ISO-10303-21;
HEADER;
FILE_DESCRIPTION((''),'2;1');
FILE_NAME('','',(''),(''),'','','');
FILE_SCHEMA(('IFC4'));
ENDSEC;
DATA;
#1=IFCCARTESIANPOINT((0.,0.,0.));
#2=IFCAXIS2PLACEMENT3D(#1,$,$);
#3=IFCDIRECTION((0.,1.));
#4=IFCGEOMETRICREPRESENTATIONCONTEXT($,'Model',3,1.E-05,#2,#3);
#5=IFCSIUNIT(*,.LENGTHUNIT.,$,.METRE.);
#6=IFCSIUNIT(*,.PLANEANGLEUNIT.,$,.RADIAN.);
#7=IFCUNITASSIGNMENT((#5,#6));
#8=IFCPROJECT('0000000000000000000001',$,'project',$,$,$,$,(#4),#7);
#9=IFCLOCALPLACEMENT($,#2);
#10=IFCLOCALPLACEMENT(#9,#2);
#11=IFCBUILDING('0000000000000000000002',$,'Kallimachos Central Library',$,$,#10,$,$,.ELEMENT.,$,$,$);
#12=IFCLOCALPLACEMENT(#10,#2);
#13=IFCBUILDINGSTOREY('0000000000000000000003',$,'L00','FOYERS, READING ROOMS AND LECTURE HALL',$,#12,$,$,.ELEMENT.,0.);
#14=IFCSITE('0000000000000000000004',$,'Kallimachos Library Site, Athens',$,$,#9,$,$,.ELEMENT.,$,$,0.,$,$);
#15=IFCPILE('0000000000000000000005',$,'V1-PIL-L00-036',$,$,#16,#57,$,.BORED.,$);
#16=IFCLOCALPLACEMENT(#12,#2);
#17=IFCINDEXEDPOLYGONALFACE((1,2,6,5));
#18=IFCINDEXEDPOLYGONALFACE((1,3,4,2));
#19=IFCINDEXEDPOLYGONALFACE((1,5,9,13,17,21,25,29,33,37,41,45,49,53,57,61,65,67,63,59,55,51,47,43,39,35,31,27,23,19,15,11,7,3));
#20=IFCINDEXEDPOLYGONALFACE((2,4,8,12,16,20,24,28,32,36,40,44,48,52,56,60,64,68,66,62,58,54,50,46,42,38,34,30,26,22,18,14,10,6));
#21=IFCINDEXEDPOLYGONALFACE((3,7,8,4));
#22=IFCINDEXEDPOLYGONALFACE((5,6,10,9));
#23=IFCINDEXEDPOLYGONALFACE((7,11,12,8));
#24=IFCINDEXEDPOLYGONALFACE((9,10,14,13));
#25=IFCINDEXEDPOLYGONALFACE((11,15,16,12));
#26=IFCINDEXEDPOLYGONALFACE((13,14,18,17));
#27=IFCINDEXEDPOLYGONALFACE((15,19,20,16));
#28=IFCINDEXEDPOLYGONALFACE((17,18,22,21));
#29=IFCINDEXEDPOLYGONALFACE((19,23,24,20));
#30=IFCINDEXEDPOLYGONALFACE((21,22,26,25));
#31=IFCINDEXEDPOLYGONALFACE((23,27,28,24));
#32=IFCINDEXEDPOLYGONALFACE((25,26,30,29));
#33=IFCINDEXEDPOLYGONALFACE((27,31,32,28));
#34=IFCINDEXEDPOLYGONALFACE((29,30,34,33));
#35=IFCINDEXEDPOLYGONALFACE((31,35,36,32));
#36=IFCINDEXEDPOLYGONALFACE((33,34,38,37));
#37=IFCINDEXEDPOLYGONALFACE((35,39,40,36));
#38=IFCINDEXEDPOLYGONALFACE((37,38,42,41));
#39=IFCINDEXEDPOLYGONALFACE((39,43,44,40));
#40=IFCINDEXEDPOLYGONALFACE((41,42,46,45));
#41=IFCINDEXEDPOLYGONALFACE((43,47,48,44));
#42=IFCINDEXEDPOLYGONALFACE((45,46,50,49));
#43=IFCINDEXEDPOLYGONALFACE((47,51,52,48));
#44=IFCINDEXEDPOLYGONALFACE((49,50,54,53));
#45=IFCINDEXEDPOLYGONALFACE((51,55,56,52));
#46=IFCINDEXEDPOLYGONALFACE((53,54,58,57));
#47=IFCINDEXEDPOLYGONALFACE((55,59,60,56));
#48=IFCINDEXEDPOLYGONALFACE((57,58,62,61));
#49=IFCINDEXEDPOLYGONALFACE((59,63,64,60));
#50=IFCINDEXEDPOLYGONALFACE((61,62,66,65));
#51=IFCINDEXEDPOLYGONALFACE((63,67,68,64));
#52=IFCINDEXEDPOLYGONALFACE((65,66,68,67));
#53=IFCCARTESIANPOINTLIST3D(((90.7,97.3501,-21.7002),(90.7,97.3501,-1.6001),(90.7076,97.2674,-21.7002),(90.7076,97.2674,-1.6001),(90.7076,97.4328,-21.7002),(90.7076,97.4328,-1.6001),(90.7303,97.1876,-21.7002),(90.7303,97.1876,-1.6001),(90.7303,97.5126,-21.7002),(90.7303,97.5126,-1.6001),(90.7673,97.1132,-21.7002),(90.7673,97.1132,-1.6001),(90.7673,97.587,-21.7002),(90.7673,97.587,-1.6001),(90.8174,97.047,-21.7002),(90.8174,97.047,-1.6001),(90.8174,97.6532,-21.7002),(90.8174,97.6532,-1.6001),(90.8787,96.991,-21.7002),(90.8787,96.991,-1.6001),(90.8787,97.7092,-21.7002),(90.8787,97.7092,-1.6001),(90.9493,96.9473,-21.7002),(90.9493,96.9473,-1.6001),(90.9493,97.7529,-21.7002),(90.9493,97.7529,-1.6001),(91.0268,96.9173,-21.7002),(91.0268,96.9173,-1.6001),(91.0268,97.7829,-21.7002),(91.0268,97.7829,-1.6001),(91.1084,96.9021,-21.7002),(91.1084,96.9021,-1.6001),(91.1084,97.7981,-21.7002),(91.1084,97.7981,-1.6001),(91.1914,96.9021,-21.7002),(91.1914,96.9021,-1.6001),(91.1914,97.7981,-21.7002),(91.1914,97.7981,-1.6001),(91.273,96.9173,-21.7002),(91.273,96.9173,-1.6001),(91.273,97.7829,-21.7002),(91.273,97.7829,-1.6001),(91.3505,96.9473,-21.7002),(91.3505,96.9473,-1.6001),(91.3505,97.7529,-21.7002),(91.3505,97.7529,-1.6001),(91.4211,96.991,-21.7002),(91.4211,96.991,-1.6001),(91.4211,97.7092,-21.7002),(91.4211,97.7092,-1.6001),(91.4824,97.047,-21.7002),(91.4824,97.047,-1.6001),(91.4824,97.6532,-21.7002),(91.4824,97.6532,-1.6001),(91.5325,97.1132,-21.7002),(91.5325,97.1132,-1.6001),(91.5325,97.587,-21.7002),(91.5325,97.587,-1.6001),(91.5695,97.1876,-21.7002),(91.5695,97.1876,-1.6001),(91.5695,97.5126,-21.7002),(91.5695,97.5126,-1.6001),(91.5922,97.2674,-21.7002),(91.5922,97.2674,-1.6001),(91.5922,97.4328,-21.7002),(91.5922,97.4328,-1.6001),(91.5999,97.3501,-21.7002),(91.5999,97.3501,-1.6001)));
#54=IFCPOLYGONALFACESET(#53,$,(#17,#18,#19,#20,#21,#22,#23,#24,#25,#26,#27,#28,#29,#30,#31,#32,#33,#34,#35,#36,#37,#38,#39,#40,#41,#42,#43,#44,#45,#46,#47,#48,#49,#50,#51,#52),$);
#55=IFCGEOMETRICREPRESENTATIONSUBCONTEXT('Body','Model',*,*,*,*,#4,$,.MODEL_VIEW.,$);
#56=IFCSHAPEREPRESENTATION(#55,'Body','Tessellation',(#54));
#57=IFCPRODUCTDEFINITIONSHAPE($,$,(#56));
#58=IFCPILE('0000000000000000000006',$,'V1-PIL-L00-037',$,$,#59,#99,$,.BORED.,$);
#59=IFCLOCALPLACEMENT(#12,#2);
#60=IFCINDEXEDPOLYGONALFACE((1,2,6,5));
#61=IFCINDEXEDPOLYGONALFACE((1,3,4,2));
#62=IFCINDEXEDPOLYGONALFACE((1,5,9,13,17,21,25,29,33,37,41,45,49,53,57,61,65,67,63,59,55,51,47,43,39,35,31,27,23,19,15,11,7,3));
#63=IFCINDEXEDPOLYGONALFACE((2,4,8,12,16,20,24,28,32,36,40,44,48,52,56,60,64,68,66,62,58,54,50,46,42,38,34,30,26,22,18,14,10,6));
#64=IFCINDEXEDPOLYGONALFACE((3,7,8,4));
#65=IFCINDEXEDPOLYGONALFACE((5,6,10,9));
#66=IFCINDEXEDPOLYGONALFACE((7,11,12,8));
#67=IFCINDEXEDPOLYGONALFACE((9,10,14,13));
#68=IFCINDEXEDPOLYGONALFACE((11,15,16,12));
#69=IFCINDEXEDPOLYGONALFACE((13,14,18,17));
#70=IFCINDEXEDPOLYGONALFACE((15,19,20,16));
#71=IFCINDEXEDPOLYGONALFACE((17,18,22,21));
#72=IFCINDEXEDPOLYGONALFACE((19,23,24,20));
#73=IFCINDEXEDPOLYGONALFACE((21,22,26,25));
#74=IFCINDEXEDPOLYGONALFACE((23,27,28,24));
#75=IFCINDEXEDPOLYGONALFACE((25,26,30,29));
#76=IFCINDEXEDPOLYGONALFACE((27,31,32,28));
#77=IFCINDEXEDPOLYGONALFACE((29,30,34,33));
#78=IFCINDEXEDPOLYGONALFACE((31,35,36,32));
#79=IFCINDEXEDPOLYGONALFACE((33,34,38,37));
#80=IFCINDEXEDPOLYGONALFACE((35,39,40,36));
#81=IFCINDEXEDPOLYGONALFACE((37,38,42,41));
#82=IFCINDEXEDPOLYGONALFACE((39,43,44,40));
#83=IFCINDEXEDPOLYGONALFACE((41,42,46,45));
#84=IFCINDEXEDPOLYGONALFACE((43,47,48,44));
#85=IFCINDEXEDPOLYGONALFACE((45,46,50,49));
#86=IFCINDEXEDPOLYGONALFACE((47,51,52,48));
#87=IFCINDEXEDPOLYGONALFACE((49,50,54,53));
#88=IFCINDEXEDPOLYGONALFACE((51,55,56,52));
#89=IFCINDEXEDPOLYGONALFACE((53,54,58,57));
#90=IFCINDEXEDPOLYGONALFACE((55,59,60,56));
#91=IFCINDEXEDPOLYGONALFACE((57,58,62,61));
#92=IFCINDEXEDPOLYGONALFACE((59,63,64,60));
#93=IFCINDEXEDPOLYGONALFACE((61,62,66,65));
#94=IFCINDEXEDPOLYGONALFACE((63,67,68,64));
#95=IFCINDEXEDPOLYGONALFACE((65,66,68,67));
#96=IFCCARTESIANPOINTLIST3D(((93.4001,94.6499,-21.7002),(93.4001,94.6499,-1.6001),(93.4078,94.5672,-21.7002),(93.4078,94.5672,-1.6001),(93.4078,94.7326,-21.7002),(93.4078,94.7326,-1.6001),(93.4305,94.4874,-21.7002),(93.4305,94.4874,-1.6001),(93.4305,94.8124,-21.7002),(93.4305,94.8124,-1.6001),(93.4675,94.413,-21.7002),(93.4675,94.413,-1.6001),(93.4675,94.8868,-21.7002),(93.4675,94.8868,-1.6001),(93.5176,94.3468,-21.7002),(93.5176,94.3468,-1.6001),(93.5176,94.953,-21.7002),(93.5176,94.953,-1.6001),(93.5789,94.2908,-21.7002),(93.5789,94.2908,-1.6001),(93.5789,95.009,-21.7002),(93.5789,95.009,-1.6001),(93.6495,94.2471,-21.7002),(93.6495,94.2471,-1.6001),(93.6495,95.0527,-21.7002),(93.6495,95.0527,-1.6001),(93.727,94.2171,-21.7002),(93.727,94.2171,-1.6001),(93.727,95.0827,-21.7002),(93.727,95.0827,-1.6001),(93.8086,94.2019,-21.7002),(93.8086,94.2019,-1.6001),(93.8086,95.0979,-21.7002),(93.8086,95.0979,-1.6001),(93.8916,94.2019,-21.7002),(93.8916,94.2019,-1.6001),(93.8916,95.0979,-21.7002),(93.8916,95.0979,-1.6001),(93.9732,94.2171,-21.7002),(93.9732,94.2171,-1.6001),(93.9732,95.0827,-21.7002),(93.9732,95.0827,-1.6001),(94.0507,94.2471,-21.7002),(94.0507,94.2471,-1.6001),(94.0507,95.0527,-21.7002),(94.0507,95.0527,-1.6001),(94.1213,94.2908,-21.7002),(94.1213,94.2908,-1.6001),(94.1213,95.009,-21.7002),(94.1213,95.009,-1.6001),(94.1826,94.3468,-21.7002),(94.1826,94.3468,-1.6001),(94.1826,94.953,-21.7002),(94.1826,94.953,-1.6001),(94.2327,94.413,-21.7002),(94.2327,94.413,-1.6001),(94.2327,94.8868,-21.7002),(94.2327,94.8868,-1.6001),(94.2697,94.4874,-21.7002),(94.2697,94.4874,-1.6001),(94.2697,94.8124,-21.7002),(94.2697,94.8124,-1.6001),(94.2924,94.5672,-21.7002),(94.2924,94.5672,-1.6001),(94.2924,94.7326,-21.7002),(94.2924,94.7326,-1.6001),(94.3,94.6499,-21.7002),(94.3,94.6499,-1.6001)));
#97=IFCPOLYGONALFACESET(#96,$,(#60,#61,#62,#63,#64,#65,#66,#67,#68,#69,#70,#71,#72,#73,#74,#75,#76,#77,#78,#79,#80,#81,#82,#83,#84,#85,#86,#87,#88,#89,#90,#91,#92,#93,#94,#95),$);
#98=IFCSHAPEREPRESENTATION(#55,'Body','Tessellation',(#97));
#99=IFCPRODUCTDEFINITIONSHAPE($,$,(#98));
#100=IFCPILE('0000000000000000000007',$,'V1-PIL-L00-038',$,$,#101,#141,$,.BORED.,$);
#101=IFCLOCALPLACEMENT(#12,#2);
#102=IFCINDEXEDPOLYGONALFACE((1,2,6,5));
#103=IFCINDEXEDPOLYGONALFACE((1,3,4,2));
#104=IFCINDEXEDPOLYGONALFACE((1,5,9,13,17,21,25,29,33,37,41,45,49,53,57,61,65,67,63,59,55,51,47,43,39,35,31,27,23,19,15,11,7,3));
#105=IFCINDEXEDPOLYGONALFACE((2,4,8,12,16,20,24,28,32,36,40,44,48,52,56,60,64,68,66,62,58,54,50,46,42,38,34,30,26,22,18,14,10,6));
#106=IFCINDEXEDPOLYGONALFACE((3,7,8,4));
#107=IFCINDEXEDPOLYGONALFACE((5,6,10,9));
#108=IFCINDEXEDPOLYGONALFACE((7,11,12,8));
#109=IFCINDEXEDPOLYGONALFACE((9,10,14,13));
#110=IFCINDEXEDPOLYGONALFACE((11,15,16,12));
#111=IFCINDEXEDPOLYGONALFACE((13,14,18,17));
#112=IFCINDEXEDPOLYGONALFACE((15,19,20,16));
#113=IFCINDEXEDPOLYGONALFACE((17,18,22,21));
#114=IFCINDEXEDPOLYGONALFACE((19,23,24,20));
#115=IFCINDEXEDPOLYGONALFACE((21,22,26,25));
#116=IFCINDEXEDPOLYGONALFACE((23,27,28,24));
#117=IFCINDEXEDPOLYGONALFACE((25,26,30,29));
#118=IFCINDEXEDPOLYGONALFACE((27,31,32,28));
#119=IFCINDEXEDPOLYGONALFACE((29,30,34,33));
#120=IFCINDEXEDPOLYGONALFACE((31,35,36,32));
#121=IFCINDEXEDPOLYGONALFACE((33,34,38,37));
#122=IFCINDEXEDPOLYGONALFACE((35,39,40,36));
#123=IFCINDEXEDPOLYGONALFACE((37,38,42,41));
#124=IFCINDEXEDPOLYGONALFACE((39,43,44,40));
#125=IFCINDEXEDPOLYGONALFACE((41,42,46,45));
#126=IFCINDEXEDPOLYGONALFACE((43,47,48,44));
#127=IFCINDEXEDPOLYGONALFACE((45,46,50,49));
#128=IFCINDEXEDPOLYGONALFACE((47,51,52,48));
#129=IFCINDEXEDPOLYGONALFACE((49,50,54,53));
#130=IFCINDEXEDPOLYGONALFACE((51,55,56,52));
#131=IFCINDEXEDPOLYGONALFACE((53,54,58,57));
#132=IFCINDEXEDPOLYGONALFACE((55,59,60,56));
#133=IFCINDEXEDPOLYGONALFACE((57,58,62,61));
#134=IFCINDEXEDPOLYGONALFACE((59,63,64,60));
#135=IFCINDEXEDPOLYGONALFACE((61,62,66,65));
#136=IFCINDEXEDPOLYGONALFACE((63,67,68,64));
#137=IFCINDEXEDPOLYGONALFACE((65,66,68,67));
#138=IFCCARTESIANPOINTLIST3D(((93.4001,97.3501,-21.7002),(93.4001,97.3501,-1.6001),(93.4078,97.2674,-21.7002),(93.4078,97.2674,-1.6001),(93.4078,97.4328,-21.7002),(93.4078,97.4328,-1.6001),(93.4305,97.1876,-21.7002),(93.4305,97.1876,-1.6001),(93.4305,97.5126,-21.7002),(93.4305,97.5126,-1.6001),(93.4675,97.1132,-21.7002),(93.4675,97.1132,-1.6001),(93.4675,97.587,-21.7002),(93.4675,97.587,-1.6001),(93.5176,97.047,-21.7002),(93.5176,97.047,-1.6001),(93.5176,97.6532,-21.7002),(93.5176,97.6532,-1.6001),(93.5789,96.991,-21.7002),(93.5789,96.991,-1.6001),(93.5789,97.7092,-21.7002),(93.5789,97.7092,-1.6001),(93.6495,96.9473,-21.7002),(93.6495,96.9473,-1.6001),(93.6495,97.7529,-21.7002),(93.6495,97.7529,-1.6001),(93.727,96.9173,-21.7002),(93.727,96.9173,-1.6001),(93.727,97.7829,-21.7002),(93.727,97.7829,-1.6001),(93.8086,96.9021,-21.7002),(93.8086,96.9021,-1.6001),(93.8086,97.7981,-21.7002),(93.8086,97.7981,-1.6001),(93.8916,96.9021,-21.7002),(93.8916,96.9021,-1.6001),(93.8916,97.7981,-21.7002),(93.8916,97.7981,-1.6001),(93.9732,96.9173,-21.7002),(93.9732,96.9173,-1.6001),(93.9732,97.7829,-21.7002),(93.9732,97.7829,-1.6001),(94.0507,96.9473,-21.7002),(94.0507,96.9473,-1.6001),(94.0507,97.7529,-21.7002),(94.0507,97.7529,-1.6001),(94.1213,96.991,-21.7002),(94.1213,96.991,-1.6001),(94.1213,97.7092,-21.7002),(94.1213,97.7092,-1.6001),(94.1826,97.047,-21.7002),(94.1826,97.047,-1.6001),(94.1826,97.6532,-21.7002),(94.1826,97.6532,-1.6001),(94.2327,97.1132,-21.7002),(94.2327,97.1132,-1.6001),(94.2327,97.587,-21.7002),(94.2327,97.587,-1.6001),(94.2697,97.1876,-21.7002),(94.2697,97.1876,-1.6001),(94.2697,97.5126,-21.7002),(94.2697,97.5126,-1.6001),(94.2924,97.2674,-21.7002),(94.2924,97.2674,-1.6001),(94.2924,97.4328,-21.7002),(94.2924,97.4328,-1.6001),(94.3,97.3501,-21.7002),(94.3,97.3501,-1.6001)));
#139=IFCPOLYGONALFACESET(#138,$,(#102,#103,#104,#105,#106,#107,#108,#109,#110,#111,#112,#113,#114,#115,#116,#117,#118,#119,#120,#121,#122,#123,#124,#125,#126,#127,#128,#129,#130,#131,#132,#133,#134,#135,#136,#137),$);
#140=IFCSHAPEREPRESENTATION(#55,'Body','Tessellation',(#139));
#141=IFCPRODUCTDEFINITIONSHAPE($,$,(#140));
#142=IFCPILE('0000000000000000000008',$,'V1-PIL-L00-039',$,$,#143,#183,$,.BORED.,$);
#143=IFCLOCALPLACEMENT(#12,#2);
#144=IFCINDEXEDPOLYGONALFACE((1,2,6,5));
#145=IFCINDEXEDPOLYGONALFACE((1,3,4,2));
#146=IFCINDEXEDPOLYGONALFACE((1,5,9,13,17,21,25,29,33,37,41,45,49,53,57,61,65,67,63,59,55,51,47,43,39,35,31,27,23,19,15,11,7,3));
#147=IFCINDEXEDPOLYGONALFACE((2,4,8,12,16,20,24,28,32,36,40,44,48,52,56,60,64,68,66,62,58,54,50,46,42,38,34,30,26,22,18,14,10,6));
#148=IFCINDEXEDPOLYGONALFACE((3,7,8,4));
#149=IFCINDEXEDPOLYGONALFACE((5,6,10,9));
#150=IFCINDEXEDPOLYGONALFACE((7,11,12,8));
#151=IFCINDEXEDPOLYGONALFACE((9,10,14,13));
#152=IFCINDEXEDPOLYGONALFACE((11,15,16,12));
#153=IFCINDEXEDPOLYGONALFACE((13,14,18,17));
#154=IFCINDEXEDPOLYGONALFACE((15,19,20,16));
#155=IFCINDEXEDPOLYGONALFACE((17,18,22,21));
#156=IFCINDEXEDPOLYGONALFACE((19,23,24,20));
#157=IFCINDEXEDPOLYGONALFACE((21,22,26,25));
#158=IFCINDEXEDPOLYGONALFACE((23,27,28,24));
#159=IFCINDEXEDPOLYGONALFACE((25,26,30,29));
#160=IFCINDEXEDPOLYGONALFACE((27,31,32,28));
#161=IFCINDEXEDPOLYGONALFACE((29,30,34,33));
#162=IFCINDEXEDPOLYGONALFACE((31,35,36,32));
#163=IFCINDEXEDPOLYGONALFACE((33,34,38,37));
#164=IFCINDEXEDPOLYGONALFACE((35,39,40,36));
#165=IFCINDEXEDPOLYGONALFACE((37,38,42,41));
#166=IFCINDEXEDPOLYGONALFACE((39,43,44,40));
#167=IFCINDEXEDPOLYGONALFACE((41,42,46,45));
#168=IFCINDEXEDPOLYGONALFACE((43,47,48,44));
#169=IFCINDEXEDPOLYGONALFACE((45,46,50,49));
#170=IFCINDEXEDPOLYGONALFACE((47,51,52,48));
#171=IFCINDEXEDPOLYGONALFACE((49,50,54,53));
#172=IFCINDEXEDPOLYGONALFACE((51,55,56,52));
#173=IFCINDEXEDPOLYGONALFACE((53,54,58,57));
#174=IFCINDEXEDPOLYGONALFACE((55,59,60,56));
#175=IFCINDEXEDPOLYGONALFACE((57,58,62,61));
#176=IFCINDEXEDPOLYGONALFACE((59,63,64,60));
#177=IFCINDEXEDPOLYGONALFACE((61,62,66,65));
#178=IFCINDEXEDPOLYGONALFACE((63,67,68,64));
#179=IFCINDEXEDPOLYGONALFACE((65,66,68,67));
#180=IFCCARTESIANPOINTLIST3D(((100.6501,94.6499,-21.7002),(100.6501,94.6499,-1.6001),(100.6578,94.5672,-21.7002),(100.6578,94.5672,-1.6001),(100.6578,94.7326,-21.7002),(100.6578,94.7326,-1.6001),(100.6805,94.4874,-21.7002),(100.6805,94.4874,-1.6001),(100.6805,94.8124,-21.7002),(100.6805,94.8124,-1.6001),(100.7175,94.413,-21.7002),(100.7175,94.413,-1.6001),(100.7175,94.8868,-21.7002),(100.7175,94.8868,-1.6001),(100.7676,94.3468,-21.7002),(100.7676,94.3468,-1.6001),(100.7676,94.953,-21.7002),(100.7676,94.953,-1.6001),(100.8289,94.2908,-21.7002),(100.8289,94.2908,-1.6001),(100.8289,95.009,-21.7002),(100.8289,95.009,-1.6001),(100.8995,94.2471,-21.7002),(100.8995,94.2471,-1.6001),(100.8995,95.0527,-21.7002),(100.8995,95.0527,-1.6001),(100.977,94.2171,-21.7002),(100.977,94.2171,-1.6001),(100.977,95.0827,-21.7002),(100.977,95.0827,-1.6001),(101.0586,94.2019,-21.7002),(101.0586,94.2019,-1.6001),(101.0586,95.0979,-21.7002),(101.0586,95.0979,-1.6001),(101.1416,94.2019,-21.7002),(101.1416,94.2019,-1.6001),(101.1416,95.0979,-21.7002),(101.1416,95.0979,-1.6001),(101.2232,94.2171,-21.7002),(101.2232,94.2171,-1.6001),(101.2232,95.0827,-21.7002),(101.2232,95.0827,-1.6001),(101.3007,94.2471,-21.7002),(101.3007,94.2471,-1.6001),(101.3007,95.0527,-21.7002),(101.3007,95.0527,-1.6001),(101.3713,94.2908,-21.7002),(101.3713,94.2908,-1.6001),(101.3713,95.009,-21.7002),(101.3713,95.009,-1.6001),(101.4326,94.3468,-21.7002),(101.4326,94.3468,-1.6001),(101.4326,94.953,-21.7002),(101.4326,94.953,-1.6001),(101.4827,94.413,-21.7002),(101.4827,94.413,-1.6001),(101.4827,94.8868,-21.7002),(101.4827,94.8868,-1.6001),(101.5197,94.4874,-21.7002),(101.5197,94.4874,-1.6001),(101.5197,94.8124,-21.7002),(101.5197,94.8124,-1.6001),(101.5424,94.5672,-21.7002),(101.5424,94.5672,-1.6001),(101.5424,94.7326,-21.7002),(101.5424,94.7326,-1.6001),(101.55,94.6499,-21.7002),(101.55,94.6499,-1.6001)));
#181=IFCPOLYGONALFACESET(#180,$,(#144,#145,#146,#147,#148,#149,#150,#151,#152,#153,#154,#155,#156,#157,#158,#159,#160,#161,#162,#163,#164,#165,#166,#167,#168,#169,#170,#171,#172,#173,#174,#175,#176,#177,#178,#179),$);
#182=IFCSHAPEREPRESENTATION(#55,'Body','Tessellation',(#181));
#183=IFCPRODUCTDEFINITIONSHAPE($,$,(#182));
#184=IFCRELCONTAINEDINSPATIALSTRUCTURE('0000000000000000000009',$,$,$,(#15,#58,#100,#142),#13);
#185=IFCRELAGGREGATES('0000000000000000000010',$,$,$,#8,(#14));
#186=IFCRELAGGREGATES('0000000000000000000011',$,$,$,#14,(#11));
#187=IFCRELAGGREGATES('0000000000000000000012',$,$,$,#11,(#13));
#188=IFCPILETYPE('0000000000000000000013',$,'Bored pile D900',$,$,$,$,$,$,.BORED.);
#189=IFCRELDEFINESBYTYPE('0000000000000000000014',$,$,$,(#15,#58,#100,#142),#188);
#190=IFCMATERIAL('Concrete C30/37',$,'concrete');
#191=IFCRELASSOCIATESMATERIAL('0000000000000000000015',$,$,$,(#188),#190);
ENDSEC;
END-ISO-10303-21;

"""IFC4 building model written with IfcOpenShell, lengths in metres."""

from ifc_helpers import new_model, si_unit, direction, frame, origin, origin_2d, place, context, subcontext, project, spatial, circle, extrude, material, type_object, element, save


model = new_model("IFC4")

# Units and contexts
model_context = context("Model", 3, precision=1e-05, world=origin(), true_north=direction((0.0, 1.0)))
body_context = subcontext(model_context, "Body", "Model", "MODEL_VIEW")
ifc_project = project(units=[si_unit("LENGTHUNIT", "METRE"), si_unit("PLANEANGLEUNIT", "RADIAN")], contexts=[model_context])

# Site, building, storey
site_placement = place(None, origin())
site = spatial("IfcSite", under=ifc_project, at=site_placement, Name="Kallimachos Library Site, Athens", CompositionType="ELEMENT", RefElevation=0.0)
building_placement = place(site_placement, origin())
building = spatial("IfcBuilding", under=site, at=building_placement, Name="Kallimachos Central Library", CompositionType="ELEMENT")
storey_placement = place(building_placement, origin())
storey = spatial("IfcBuildingStorey", under=building, at=storey_placement, Name="L00", Description="FOYERS, READING ROOMS AND LECTURE HALL", CompositionType="ELEMENT", Elevation=0.0)

# Piles
ifc_material_1 = material(Name="Concrete C30/37", Category="concrete")
pile_type = type_object("IfcPileType", Name="Bored pile D900", PredefinedType="BORED", material=ifc_material_1)
for number, where, z_axis, x_axis, name in (
    (1, (91.1499, 97.3501, -1.6001), (0.0, 0.0, -1.0), (1.0, 0.0, 0.0), "V1-PIL-L00-036"),
    (2, (93.8501, 94.6499, -1.6001), (0.0, 0.0, -1.0), (1.0, 0.0, 0.0), "V1-PIL-L00-037"),
    (3, (93.8501, 97.3501, -1.6001), (0.0, 0.0, -1.0), (1.0, 0.0, 0.0), "V1-PIL-L00-038"),
    (4, (101.1001, 94.6499, -1.6001), (0.0, 0.0, -1.0), (1.0, 0.0, 0.0), "V1-PIL-L00-039"),
):
    element("IfcPile", number, at=place(storey_placement, frame(where, z_axis=z_axis, x_axis=x_axis)), inside=storey, type_object=pile_type, Name=name, PredefinedType="BORED", context=body_context, shape_type="SweptSolid", body=[
        extrude(circle(Radius=0.45, at=origin_2d()), origin(), (0.0, 0.0, 1.0), 20.1001),
    ])

save(model, "model.ifc")
